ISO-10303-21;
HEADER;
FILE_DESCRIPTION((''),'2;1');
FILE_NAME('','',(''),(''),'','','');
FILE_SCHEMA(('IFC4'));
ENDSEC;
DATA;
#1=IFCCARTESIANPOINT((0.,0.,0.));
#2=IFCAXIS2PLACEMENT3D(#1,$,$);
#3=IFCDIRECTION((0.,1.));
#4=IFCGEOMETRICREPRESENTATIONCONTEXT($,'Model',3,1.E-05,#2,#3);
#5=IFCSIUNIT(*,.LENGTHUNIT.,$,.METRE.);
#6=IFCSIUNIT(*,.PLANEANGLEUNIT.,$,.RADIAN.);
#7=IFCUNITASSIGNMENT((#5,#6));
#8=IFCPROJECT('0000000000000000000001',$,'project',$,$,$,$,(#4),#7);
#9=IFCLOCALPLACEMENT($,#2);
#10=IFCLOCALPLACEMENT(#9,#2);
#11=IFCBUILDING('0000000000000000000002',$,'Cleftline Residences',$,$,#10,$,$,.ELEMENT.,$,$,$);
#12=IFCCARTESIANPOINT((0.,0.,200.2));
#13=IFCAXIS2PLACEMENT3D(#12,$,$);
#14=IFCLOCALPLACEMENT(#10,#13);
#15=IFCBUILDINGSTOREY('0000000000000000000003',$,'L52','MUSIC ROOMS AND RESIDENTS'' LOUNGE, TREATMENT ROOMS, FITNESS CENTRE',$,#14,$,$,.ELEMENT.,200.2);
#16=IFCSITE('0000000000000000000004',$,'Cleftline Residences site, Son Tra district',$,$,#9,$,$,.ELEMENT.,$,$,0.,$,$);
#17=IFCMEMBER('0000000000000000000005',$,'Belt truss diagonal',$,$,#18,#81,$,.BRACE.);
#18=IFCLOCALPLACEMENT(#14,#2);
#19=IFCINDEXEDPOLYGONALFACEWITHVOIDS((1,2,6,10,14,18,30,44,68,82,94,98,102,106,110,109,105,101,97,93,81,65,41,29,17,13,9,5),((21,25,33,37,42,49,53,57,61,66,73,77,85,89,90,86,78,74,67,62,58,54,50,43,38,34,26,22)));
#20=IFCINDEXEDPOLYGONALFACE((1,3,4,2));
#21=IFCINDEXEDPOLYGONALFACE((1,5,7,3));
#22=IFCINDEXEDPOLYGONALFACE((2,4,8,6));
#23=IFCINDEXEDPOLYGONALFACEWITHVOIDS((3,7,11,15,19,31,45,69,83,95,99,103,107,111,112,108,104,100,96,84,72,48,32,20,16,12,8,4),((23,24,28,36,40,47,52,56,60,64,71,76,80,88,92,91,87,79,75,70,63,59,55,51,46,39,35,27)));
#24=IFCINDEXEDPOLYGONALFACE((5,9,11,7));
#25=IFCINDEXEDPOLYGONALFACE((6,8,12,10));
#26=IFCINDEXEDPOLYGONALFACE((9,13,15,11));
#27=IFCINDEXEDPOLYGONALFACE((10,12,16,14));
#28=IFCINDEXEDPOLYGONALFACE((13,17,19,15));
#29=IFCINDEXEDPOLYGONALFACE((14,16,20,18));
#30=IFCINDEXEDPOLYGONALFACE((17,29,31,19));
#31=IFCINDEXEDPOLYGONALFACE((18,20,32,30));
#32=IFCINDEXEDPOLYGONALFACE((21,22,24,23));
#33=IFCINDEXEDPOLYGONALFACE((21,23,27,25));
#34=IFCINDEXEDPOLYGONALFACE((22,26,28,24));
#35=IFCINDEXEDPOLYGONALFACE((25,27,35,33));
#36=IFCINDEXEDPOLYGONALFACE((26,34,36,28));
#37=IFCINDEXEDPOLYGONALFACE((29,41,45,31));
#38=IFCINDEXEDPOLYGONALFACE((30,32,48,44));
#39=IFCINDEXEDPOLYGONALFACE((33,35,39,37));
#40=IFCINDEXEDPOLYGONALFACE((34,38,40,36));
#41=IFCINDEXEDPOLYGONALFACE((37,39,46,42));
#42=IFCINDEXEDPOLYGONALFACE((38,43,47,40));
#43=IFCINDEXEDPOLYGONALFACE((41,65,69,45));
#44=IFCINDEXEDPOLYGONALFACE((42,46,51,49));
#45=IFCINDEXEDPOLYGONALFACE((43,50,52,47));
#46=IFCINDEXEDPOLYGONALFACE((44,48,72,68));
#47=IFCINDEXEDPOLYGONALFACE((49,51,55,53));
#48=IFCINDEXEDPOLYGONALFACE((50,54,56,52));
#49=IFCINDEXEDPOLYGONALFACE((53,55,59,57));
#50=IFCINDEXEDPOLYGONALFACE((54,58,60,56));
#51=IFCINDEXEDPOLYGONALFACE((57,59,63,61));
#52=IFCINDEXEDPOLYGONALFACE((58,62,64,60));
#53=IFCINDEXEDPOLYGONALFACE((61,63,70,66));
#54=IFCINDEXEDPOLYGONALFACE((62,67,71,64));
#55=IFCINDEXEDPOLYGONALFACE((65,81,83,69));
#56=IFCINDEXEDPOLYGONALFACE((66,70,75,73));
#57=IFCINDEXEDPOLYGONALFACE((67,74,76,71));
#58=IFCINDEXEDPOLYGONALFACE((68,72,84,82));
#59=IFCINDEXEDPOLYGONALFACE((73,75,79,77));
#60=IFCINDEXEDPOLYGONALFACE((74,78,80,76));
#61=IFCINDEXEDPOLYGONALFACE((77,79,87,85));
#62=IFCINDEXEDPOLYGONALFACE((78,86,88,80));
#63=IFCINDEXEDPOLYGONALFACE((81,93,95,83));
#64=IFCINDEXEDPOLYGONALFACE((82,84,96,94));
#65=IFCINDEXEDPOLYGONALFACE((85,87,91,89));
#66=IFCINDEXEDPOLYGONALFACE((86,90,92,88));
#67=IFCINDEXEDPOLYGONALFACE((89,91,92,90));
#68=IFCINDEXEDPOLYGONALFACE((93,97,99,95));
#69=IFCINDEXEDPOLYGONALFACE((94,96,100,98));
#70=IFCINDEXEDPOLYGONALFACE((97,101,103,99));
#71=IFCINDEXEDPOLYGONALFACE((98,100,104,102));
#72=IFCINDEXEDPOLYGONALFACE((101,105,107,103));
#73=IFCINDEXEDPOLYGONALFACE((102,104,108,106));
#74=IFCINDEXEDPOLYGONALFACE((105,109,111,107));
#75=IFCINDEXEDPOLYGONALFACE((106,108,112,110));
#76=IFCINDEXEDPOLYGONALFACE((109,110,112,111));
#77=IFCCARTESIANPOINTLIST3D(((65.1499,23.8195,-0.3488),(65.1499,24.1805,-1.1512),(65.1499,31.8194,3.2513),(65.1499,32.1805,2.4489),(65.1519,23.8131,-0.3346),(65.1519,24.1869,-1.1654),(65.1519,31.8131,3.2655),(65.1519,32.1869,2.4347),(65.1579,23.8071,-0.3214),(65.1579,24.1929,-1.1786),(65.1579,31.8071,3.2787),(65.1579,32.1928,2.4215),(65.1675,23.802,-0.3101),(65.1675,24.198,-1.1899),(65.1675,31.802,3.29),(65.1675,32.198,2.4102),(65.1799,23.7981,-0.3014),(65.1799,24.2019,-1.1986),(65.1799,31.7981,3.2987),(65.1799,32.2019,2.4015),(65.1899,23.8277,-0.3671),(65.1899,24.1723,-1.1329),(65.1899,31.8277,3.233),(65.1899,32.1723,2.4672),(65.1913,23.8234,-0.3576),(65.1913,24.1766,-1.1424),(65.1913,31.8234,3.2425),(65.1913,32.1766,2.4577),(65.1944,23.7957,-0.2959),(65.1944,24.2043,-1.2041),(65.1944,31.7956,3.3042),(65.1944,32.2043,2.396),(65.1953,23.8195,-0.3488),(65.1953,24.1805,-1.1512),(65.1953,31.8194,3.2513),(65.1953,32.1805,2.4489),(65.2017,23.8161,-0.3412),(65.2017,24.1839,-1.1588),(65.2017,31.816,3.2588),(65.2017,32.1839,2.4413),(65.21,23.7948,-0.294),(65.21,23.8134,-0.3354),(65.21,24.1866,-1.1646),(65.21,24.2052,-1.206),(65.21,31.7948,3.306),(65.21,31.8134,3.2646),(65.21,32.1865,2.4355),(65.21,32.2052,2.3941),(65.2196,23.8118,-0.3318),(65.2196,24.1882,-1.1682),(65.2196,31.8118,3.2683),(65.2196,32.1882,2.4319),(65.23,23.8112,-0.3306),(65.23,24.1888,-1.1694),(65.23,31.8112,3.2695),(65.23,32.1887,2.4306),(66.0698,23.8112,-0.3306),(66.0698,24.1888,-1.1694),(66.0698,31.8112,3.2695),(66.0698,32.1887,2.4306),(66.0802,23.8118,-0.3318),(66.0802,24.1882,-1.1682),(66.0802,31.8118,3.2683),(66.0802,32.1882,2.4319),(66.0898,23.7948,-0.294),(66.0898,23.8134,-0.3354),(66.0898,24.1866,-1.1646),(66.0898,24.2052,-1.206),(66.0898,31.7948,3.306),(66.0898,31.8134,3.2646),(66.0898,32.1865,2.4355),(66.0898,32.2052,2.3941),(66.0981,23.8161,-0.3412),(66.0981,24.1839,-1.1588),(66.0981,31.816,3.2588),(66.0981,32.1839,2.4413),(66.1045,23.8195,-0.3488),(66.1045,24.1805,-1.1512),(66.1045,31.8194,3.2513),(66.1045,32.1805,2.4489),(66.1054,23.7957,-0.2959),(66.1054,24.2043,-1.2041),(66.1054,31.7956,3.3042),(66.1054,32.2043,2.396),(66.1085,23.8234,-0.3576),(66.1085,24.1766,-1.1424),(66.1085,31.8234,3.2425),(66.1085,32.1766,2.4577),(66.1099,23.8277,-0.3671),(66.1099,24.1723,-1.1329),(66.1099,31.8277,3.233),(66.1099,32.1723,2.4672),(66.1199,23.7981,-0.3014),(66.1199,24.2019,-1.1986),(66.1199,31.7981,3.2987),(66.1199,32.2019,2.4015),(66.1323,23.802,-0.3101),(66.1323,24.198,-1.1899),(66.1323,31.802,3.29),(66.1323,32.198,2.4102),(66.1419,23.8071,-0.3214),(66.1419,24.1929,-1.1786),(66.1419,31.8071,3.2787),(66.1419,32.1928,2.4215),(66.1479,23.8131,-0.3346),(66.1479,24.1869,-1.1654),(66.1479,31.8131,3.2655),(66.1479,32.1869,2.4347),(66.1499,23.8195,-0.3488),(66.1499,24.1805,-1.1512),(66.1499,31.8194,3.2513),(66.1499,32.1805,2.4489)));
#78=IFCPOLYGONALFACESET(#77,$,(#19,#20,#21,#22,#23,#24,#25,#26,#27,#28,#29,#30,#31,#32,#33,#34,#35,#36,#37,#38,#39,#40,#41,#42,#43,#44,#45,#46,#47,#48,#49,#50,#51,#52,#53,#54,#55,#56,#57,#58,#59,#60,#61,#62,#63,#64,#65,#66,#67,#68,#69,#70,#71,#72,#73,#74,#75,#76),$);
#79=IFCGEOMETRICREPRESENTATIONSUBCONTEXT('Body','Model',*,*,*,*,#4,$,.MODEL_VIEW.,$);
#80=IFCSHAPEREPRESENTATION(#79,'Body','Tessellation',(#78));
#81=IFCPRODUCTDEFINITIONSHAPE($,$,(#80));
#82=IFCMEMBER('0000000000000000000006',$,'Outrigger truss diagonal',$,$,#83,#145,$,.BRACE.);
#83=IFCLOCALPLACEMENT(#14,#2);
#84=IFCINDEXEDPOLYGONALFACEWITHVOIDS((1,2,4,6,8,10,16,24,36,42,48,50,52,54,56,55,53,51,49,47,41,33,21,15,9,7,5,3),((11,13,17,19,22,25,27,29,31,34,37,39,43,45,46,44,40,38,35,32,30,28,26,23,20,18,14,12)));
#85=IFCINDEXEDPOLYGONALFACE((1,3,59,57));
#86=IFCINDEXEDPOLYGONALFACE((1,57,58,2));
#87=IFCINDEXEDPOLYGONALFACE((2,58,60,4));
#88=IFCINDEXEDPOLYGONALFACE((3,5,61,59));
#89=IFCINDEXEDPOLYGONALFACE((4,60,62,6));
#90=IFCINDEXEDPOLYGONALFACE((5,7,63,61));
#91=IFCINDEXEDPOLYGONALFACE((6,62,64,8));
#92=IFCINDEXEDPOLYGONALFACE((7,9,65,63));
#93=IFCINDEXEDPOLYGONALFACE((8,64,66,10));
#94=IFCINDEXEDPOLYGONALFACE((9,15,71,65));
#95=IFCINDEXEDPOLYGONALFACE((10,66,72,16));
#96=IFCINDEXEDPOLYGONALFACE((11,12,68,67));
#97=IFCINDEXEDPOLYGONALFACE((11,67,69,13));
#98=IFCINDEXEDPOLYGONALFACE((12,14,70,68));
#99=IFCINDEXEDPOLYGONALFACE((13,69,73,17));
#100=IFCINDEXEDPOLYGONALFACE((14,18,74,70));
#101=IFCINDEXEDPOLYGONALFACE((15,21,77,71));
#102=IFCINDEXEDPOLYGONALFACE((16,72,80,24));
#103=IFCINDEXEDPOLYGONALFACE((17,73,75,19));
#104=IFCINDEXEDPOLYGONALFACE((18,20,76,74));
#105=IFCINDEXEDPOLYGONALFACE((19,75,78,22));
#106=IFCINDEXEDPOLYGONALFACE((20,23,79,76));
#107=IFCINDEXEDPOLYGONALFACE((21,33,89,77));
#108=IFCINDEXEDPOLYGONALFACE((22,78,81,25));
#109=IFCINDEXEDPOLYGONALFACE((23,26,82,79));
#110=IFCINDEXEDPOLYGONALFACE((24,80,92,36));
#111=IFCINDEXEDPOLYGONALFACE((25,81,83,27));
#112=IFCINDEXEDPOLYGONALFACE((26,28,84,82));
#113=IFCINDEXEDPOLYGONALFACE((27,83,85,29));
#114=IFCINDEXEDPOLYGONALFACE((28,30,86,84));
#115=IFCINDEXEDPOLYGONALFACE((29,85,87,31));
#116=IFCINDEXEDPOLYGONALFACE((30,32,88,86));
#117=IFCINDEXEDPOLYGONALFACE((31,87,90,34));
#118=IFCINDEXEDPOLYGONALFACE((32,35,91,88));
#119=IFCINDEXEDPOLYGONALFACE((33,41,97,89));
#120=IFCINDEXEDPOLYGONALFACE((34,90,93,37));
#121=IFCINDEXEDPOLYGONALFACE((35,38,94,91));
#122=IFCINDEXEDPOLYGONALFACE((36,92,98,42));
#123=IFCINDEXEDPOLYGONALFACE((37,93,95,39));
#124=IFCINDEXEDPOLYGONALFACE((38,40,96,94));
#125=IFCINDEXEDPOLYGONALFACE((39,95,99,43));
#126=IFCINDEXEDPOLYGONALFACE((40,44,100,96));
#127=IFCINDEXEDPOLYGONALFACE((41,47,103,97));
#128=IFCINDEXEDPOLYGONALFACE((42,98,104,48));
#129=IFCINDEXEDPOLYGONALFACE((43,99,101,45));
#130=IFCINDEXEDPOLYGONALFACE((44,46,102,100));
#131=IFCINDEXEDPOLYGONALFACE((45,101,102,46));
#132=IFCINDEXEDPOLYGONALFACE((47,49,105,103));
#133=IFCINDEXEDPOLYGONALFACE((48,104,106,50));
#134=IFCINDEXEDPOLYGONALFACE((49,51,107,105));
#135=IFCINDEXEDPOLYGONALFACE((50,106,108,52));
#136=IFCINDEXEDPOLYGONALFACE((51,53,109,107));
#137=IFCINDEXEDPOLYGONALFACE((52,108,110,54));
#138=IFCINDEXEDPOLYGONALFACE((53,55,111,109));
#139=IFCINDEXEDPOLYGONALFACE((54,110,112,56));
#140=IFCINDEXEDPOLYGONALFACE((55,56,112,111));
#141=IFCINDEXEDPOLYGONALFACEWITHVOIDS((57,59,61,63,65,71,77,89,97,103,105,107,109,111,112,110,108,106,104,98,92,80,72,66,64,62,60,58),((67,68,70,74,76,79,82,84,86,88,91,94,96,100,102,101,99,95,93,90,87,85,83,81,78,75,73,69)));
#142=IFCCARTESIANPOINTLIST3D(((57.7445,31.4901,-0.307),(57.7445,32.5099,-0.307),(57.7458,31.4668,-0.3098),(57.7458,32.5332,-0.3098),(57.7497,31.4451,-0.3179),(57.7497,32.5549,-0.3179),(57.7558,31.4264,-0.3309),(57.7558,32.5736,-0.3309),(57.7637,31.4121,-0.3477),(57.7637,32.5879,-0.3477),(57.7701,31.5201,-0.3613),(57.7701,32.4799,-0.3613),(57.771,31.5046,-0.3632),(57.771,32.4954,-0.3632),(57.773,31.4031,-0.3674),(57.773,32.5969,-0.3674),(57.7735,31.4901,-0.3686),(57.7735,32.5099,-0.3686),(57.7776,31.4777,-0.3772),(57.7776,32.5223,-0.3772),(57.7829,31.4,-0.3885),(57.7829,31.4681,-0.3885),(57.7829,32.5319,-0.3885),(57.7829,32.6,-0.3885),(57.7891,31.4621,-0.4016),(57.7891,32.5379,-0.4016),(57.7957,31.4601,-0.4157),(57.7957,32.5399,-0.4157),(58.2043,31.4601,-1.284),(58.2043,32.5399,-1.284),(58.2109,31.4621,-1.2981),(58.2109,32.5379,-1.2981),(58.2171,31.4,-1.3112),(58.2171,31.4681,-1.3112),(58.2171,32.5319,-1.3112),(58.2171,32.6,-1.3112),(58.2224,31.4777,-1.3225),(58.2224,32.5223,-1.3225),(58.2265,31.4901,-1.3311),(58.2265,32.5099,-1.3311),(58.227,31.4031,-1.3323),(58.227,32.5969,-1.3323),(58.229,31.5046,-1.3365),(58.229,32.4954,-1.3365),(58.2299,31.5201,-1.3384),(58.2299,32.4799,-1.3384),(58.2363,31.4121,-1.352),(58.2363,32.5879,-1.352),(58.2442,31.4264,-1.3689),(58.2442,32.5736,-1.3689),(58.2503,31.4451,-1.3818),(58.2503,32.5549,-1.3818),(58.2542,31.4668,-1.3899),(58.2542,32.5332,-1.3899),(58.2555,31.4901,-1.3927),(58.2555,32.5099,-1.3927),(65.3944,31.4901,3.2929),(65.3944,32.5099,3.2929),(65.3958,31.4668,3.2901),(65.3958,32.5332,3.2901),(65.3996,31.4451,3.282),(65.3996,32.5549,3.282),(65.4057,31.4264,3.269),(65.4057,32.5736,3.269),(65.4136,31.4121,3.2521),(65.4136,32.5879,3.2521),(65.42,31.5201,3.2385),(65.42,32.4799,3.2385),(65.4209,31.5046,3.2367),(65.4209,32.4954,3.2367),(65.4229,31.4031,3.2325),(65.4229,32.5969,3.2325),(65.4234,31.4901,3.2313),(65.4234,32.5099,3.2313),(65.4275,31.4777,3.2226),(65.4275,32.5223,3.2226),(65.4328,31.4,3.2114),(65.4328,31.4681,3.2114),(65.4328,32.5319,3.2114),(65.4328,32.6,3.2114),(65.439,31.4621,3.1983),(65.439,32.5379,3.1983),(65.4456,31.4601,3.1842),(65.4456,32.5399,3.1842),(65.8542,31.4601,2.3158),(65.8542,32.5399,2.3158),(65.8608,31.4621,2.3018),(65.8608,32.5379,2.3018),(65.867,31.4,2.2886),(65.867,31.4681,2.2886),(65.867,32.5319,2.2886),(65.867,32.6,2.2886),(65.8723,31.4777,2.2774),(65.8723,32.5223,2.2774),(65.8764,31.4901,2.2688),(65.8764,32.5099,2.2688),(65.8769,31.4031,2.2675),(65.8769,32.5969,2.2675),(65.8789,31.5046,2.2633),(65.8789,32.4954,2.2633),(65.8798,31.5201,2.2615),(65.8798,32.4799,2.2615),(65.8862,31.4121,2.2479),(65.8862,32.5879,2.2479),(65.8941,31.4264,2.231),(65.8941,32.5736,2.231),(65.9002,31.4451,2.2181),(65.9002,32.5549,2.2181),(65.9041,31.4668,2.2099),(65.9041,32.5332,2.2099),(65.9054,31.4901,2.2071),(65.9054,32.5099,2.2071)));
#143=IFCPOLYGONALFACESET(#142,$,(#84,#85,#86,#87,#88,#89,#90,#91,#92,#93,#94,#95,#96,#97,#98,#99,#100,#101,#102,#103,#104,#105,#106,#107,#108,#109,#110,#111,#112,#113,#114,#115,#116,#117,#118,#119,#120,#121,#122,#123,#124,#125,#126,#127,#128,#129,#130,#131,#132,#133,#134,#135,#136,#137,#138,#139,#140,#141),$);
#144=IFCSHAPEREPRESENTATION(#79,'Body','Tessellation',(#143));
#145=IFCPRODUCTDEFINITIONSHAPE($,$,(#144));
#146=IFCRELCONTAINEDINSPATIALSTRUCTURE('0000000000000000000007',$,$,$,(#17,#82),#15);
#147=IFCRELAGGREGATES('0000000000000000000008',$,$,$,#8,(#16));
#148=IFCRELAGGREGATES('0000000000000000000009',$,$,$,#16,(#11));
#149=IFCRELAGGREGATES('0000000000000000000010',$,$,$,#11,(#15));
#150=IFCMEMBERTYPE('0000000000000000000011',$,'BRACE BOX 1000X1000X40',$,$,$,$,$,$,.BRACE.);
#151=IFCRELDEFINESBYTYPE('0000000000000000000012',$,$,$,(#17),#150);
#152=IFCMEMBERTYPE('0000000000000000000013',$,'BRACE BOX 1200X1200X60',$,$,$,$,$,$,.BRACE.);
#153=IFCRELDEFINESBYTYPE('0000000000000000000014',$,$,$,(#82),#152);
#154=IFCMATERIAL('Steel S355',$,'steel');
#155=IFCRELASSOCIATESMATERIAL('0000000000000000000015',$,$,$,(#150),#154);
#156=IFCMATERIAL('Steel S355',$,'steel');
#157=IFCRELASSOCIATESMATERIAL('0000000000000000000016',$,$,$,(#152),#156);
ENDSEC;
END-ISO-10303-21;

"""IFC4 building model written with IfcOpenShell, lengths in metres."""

from ifc_helpers import new_model, si_unit, direction, frame, origin, origin_2d, place, context, subcontext, project, spatial, hollow_rectangle, extrude, material, material_profile, profile_set, type_object, element, save


model = new_model("IFC4")

# Units and contexts
model_context = context("Model", 3, precision=1e-05, world=origin(), true_north=direction((0.0, 1.0)))
body_context = subcontext(model_context, "Body", "Model", "MODEL_VIEW")
ifc_project = project(units=[si_unit("LENGTHUNIT", "METRE"), si_unit("PLANEANGLEUNIT", "RADIAN")], contexts=[model_context])

# Site, building, storey
site_placement = place(None, origin())
site = spatial("IfcSite", under=ifc_project, at=site_placement, Name="Cleftline Residences site, Son Tra district", CompositionType="ELEMENT", RefElevation=0.0)
building_placement = place(site_placement, origin())
building = spatial("IfcBuilding", under=site, at=building_placement, Name="Cleftline Residences", CompositionType="ELEMENT")
storey_placement = place(building_placement, frame((0.0, 0.0, 200.2)))
storey = spatial("IfcBuildingStorey", under=building, at=storey_placement, Name="L52", Description="MUSIC ROOMS AND RESIDENTS' LOUNGE, TREATMENT ROOMS, FITNESS CENTRE", CompositionType="ELEMENT", Elevation=200.2)

# Members
ifc_material_1 = material(Name="Steel S355", Category="steel")
ifc_material_profile_1 = material_profile(ifc_material_1, hollow_rectangle(XDim=1.0, YDim=1.0, WallThickness=0.04, InnerFilletRadius=0.04, OuterFilletRadius=0.0601, at=origin_2d()))
ifc_profile_set_1 = profile_set([ifc_material_profile_1], Name="Steel S355")
member_type_1 = type_object("IfcMemberType", Name="BRACE BOX 1000X1000X40", PredefinedType="BRACE", material=ifc_profile_set_1)
for number, where, z_axis, x_axis, name in (
    (1, (65.6499, 24.0, -0.75), (0.0, 0.911917, 0.410374), (0.0, -0.410374, 0.911917), "Belt truss diagonal"),
):
    element("IfcMember", number, at=place(storey_placement, frame(where, z_axis=z_axis, x_axis=x_axis)), inside=storey, type_object=member_type_1, Name=name, PredefinedType="BRACE", context=body_context, shape_type="SweptSolid", body=[
        extrude(hollow_rectangle(XDim=1.0, YDim=1.0, WallThickness=0.04, InnerFilletRadius=0.04, OuterFilletRadius=0.0601, at=origin_2d()), origin(), (0.0, 0.0, 1.0), 8.7727),
    ])
ifc_material_2 = material(Name="Steel S355", Category="steel")
ifc_material_profile_2 = material_profile(ifc_material_2, hollow_rectangle(XDim=1.2, YDim=1.2, WallThickness=0.0601, InnerFilletRadius=0.0601, OuterFilletRadius=0.0901, at=origin_2d()))
ifc_profile_set_2 = profile_set([ifc_material_profile_2], Name="Steel S355")
member_type_2 = type_object("IfcMemberType", Name="BRACE BOX 1200X1200X60", PredefinedType="BRACE", material=ifc_profile_set_2)
member_1_placement = place(storey_placement, frame((58.0, 32.0, -0.8499), z_axis=(0.904823, 0.0, 0.425787), x_axis=(-0.425787, 0.0, 0.904823)))
element("IfcMember", 2, at=member_1_placement, inside=storey, type_object=member_type_2, Name="Outrigger truss diagonal", PredefinedType="BRACE", context=body_context, shape_type="SweptSolid", body=[
    extrude(hollow_rectangle(XDim=1.2, YDim=1.2, WallThickness=0.0601, InnerFilletRadius=0.0601, OuterFilletRadius=0.0901, at=origin_2d()), origin(), (0.0, 0.0, 1.0), 8.4546),
])

save(model, "model.ifc")
